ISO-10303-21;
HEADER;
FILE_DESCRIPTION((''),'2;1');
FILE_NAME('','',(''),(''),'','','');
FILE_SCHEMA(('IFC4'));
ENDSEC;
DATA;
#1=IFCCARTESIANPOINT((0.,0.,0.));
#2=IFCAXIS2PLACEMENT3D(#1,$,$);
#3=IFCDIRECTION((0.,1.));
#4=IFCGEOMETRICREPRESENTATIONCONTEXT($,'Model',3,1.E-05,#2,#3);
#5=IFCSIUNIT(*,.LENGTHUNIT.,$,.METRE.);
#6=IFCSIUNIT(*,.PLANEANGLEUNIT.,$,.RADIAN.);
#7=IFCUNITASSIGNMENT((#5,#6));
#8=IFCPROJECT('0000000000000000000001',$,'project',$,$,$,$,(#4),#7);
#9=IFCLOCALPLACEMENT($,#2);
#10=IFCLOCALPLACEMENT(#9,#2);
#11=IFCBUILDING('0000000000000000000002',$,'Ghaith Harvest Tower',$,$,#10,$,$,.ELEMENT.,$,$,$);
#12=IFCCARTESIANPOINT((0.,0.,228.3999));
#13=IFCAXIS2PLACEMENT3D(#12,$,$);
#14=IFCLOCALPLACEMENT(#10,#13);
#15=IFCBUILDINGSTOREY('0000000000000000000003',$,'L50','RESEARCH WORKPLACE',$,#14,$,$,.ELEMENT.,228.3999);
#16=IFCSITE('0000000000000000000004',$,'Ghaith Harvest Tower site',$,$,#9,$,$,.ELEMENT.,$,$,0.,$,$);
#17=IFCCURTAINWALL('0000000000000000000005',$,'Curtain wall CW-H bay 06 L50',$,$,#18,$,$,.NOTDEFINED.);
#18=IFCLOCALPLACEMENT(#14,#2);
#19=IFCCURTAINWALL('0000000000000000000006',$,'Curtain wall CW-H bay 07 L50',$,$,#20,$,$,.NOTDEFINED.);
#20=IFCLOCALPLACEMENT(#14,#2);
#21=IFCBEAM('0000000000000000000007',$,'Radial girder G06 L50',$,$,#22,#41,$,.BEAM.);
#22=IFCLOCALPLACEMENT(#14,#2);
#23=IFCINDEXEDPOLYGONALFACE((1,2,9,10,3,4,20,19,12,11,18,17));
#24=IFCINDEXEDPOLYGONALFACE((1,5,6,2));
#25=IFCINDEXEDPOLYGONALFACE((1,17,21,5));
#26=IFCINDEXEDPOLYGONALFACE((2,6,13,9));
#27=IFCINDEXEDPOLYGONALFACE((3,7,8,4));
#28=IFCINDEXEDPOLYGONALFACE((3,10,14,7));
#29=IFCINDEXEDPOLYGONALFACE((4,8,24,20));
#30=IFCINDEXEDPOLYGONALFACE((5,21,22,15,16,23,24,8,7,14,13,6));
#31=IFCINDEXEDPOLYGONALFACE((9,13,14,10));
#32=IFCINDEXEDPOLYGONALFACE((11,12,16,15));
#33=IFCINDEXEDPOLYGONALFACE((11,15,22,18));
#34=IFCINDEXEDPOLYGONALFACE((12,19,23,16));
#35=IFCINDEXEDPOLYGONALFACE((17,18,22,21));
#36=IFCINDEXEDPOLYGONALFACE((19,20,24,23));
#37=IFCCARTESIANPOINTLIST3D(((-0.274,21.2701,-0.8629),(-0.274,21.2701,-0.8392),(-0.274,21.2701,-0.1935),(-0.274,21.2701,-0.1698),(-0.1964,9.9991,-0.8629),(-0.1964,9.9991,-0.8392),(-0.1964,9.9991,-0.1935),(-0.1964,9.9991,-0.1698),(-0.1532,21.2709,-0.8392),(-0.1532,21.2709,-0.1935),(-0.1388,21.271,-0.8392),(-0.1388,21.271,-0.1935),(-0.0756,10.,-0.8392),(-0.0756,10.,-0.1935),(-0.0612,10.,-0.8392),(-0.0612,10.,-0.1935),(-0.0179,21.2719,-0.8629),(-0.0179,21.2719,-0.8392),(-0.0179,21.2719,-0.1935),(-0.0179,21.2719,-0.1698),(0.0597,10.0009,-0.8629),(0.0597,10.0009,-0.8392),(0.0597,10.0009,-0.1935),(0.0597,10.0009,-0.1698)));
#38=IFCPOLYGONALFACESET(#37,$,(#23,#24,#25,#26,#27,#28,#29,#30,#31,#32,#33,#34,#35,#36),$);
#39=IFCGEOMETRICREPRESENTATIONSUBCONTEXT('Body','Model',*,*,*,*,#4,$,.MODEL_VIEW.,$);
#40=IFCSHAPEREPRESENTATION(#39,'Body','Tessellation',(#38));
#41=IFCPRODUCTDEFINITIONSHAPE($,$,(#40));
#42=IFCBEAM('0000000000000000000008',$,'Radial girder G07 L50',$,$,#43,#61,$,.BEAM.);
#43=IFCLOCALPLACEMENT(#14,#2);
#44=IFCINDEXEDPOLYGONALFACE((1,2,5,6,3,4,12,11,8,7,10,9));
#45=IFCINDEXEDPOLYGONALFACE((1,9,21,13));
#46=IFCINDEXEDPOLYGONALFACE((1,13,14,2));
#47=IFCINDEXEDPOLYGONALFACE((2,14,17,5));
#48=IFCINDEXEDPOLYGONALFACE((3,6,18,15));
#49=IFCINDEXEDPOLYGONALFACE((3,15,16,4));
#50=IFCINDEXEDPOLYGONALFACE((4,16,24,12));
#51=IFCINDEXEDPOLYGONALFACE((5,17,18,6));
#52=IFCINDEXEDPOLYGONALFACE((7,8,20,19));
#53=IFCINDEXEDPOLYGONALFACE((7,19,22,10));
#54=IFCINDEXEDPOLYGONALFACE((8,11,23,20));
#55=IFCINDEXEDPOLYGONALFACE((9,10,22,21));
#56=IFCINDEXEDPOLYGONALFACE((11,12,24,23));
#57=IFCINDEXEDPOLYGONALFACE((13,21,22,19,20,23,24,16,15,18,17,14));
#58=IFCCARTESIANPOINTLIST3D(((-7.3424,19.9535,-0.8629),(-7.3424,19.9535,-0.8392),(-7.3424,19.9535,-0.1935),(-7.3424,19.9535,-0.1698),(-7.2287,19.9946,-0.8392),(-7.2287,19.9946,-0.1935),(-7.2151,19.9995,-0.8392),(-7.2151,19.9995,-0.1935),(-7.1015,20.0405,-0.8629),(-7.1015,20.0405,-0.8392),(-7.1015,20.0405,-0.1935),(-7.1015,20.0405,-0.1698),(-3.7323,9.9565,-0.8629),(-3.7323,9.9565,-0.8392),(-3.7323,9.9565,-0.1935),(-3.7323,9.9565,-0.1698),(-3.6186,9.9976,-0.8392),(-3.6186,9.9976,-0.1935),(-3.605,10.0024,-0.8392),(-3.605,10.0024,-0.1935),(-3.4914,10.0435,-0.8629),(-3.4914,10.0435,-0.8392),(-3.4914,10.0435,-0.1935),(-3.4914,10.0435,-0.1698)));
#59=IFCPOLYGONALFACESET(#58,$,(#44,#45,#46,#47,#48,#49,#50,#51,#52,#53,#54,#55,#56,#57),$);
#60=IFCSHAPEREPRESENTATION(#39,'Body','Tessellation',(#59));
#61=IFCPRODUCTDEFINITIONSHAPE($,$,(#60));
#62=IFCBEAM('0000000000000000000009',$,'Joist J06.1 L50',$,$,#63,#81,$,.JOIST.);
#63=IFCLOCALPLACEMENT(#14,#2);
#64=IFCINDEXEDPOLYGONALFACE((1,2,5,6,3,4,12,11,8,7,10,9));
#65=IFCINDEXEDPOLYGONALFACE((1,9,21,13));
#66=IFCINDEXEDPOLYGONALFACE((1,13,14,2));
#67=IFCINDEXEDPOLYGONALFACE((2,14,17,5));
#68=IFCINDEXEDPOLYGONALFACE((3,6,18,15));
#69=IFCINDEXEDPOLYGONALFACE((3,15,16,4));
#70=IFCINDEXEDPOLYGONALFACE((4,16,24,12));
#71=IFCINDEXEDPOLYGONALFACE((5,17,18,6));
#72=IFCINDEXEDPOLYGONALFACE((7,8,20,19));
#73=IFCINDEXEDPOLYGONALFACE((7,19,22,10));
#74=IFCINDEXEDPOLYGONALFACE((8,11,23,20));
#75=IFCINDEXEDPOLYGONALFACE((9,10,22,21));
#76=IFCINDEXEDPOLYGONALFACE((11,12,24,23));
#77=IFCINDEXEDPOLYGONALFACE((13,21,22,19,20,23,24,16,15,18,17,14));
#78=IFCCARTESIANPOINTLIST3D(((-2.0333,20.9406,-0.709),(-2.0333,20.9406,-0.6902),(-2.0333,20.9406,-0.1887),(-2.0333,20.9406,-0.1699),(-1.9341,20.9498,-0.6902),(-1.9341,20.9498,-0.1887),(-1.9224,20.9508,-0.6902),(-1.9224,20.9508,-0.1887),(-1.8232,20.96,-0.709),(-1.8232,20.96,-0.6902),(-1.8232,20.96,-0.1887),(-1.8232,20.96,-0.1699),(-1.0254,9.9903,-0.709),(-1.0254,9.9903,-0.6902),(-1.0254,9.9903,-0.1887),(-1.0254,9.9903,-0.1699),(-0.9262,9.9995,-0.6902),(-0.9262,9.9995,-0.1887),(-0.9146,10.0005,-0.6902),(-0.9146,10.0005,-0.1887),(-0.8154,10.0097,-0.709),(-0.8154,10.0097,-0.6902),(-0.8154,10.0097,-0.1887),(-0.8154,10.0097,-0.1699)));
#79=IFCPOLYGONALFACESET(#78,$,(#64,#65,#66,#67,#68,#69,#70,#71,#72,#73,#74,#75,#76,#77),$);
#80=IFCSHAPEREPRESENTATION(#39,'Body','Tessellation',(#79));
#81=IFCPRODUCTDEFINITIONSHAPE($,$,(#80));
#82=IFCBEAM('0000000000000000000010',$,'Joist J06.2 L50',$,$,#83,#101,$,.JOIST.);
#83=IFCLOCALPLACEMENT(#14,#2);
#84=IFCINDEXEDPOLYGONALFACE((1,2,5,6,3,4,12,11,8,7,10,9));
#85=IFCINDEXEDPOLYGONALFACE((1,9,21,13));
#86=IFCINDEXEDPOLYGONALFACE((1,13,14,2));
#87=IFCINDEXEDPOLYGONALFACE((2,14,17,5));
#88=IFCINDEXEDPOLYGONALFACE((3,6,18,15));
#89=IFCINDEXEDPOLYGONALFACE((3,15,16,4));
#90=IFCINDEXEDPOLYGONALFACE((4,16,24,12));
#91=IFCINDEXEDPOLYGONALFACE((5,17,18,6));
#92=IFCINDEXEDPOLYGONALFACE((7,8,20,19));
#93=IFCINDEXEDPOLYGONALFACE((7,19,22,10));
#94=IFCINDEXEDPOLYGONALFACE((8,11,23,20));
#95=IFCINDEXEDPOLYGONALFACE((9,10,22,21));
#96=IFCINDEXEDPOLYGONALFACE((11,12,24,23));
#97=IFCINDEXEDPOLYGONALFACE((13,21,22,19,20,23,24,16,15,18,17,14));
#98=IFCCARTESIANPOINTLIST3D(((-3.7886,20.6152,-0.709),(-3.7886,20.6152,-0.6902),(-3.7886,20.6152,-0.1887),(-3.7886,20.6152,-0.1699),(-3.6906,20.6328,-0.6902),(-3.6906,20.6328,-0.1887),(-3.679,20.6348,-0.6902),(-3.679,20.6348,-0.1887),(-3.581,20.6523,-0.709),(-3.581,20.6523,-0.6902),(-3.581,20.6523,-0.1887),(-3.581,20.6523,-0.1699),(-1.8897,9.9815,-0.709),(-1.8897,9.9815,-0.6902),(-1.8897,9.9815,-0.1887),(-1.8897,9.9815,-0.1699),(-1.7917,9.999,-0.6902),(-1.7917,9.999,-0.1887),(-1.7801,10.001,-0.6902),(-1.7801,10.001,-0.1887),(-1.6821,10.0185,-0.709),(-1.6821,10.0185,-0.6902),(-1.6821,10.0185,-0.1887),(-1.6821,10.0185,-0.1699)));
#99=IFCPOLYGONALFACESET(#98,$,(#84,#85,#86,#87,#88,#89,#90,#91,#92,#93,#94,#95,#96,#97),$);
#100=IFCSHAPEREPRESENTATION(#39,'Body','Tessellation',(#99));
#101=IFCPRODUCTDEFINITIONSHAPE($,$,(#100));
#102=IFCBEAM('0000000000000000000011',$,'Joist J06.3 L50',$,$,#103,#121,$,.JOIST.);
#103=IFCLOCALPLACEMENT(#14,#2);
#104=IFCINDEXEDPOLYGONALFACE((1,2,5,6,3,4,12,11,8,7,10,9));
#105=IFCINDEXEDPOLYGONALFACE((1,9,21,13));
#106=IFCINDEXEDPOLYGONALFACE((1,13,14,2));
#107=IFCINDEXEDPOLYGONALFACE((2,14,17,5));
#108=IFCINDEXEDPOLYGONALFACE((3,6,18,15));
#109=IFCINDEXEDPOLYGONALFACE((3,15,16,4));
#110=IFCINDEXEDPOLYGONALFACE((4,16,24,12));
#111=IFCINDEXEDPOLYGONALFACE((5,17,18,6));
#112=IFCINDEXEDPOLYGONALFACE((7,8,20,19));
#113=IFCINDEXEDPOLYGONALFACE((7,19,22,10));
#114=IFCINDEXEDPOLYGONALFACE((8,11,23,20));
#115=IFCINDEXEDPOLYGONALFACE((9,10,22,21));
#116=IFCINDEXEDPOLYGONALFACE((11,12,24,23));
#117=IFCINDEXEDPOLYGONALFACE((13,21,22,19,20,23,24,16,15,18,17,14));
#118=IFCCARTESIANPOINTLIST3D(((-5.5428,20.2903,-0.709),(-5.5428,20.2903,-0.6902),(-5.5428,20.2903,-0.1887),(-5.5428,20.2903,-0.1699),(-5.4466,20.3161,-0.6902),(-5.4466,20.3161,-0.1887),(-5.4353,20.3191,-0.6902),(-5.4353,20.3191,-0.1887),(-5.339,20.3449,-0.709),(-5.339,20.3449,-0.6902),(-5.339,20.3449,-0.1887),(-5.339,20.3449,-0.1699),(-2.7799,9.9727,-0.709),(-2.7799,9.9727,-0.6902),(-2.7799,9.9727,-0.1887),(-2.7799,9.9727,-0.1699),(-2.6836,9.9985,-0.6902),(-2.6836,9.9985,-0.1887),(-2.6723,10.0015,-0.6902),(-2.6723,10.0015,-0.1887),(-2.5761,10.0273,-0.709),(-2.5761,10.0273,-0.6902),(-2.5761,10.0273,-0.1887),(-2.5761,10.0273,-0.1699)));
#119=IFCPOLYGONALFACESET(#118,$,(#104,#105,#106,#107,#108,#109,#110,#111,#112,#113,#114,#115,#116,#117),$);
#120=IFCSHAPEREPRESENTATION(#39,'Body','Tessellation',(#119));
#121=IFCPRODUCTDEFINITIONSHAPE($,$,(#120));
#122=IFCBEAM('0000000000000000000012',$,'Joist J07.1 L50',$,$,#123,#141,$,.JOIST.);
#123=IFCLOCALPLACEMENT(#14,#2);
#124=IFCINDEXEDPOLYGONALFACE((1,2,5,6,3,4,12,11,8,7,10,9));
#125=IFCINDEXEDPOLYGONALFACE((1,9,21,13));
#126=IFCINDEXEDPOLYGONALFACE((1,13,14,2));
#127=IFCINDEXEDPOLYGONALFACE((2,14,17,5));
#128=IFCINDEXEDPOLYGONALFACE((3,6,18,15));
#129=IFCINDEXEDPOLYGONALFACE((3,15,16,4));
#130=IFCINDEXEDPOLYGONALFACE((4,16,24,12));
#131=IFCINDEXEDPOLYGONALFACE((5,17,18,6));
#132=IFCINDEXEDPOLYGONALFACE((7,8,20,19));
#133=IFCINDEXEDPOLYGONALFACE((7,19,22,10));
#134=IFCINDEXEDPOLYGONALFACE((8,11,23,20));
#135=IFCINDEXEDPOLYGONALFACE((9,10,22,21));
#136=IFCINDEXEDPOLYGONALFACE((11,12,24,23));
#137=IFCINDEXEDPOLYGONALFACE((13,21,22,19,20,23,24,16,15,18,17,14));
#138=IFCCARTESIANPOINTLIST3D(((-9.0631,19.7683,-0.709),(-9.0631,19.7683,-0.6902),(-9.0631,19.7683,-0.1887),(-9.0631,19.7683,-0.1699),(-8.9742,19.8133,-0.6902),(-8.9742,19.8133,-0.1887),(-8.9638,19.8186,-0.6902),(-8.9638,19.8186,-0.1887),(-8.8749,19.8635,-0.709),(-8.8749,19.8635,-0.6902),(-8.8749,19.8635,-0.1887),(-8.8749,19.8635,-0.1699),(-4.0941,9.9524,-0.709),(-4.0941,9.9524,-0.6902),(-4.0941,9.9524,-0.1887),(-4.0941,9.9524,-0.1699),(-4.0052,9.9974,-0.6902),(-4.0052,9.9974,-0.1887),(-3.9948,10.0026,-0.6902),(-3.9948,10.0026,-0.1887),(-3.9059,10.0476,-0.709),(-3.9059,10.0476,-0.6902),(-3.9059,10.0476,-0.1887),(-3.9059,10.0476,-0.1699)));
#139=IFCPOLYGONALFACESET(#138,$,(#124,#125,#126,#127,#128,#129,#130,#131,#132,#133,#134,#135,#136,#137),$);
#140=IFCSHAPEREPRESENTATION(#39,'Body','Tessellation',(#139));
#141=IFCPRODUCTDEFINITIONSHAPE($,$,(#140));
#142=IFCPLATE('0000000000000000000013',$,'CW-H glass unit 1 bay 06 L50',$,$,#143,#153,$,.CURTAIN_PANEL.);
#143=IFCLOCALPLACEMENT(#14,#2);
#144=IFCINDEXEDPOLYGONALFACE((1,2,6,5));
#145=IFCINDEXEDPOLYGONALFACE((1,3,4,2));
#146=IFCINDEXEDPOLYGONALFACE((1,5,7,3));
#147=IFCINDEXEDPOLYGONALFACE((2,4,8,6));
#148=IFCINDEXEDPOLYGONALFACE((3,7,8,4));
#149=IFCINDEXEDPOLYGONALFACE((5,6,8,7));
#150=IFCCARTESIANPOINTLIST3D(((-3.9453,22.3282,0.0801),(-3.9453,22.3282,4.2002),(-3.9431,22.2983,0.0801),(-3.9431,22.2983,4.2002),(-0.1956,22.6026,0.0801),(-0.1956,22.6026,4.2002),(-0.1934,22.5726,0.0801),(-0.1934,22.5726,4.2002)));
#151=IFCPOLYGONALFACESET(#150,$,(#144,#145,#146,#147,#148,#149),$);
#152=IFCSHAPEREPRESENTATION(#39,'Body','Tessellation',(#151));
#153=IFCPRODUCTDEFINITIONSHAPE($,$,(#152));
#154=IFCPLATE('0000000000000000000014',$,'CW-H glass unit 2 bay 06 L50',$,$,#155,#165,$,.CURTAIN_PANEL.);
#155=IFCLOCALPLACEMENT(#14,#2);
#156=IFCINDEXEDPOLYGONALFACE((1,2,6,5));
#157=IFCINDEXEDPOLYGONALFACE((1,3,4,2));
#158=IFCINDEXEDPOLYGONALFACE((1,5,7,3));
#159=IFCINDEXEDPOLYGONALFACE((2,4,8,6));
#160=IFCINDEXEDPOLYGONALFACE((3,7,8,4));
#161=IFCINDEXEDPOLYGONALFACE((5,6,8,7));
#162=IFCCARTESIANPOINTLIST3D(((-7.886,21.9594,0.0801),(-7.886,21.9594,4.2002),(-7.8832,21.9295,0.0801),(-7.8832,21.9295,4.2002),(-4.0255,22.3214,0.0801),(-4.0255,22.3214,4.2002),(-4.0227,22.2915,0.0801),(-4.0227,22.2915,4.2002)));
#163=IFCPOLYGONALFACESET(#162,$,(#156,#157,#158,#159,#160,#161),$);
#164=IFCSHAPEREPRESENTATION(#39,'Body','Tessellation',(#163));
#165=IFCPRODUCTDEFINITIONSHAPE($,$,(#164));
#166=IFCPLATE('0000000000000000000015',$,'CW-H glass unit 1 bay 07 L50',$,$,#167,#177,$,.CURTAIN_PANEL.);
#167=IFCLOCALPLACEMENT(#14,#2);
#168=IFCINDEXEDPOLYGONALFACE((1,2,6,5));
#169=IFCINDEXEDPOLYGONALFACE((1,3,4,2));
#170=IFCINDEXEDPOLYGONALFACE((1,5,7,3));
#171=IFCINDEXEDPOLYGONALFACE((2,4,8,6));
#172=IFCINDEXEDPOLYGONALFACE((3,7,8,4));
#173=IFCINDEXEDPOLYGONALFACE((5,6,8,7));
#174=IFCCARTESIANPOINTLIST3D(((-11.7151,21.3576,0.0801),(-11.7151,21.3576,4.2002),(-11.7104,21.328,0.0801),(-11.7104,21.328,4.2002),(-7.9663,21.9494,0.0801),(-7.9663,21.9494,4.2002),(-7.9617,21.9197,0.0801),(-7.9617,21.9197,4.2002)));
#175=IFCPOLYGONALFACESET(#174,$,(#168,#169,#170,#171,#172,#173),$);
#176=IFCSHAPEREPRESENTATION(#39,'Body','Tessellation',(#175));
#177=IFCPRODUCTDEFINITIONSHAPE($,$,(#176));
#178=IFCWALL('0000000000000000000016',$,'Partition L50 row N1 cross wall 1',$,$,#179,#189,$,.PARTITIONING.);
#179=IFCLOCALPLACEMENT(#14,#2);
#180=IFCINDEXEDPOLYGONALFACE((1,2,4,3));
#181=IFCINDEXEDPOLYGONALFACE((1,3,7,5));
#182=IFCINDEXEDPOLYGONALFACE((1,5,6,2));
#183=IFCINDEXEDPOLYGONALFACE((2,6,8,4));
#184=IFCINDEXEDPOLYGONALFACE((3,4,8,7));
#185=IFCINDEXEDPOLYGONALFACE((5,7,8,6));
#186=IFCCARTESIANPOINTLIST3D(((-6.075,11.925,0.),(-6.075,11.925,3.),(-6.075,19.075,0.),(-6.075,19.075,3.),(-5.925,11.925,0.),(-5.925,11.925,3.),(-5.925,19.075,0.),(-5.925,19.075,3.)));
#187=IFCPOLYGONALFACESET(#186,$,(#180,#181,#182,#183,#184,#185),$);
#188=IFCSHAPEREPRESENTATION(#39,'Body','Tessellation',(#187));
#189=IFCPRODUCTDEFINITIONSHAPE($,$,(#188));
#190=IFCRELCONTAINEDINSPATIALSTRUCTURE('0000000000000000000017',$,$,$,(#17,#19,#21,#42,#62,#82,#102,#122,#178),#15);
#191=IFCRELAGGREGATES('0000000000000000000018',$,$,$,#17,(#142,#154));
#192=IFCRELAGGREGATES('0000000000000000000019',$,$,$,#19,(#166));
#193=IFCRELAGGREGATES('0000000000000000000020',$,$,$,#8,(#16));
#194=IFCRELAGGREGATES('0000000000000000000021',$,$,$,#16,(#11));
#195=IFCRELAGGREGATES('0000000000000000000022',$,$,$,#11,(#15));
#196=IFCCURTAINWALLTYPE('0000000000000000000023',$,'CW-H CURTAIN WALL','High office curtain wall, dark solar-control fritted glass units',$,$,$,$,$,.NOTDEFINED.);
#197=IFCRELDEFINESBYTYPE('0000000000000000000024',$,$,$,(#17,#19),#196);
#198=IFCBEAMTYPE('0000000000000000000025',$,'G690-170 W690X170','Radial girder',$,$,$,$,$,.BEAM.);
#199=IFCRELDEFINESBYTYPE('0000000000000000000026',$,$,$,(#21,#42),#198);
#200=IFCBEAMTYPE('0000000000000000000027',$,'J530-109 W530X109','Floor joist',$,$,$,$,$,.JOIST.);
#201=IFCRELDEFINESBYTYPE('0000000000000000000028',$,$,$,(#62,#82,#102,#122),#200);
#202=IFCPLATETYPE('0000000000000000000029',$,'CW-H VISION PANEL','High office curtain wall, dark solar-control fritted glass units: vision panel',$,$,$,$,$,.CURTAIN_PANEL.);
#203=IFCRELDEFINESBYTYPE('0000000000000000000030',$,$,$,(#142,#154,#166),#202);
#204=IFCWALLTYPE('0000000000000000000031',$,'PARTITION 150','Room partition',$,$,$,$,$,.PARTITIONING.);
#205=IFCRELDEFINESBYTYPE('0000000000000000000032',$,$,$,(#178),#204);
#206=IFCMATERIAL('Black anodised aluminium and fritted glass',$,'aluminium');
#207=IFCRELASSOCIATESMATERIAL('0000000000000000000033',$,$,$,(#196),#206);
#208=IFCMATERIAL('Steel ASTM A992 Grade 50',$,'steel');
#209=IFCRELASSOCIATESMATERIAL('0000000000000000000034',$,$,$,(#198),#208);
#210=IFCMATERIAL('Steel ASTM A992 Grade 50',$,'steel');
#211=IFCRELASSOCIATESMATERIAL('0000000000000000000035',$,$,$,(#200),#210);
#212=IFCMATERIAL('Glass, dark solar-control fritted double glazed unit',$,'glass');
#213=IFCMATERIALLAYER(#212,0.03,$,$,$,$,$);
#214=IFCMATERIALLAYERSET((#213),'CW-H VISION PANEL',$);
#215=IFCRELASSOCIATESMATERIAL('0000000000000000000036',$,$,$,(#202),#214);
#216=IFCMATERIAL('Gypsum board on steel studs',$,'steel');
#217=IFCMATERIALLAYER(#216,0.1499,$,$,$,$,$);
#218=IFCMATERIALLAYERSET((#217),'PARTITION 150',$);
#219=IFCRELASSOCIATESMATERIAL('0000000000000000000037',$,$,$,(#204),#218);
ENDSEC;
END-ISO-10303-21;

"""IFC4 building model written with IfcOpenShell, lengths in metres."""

from ifc_helpers import new_model, si_unit, direction, frame, frame_2d, origin, origin_2d, place, context, subcontext, project, spatial, rectangle, i_section, extrude, material, layer, layer_set, material_profile, profile_set, type_object, element, aggregate, save


model = new_model("IFC4")

# Units and contexts
model_context = context("Model", 3, precision=1e-05, world=origin(), true_north=direction((0.0, 1.0)))
body_context = subcontext(model_context, "Body", "Model", "MODEL_VIEW")
ifc_project = project(units=[si_unit("LENGTHUNIT", "METRE"), si_unit("PLANEANGLEUNIT", "RADIAN")], contexts=[model_context])

# Site, building, storey
site_placement = place(None, origin())
site = spatial("IfcSite", under=ifc_project, at=site_placement, Name="Ghaith Harvest Tower site", CompositionType="ELEMENT", RefElevation=0.0)
building_placement = place(site_placement, origin())
building = spatial("IfcBuilding", under=site, at=building_placement, Name="Ghaith Harvest Tower", CompositionType="ELEMENT")
storey_placement = place(building_placement, frame((0.0, 0.0, 228.3999)))
storey = spatial("IfcBuildingStorey", under=building, at=storey_placement, Name="L50", Description="RESEARCH WORKPLACE", CompositionType="ELEMENT", Elevation=228.3999)

# Curtain walls
ifc_material_1 = material(Name="Black anodised aluminium and fritted glass", Category="aluminium")
curtain_wall_type = type_object("IfcCurtainWallType", Name="CW-H CURTAIN WALL", Description="High office curtain wall, dark solar-control fritted glass units", PredefinedType="NOTDEFINED", material=ifc_material_1)
curtain_wall_1_placement = place(storey_placement, origin())
curtain_wall_1 = element("IfcCurtainWall", 1, at=curtain_wall_1_placement, inside=storey, type_object=curtain_wall_type, Name="Curtain wall CW-H bay 06 L50", PredefinedType="NOTDEFINED")
curtain_wall_2_placement = place(storey_placement, origin())
curtain_wall_2 = element("IfcCurtainWall", 2, at=curtain_wall_2_placement, inside=storey, type_object=curtain_wall_type, Name="Curtain wall CW-H bay 07 L50", PredefinedType="NOTDEFINED")

# Beams
ifc_material_2 = material(Name="Steel ASTM A992 Grade 50", Category="steel")
ifc_material_profile_1 = material_profile(ifc_material_2, i_section(OverallWidth=0.2561, OverallDepth=0.6931, WebThickness=0.0144, FlangeThickness=0.0237, at=origin_2d()), Name="W690X170")
ifc_profile_set_1 = profile_set([ifc_material_profile_1], Name="Steel ASTM A992 Grade 50")
beam_type_1 = type_object("IfcBeamType", Name="G690-170 W690X170", Description="Radial girder", PredefinedType="BEAM", material=ifc_profile_set_1)
beam_1_placement = place(storey_placement, frame((-0.0684, 10.0, -0.5164), z_axis=(-0.006888, 0.999976, 0.0), x_axis=(-0.999976, -0.006888, 0.0)))
element("IfcBeam", 3, at=beam_1_placement, inside=storey, type_object=beam_type_1, Name="Radial girder G06 L50", PredefinedType="BEAM", context=body_context, shape_type="SweptSolid", body=[
    extrude(i_section(OverallWidth=0.2561, OverallDepth=0.6931, WebThickness=0.0144, FlangeThickness=0.0237, at=origin_2d()), origin(), (0.0, 0.0, 1.0), 11.2712),
])
beam_2_placement = place(storey_placement, frame((-3.6118, 10.0, -0.5164), z_axis=(-0.339649, 0.940552, 0.0), x_axis=(-0.940552, -0.339649, 0.0)))
element("IfcBeam", 4, at=beam_2_placement, inside=storey, type_object=beam_type_1, Name="Radial girder G07 L50", PredefinedType="BEAM", context=body_context, shape_type="SweptSolid", body=[
    extrude(i_section(OverallWidth=0.2561, OverallDepth=0.6931, WebThickness=0.0144, FlangeThickness=0.0237, at=origin_2d()), origin(), (0.0, 0.0, 1.0), 10.6289),
])
ifc_material_3 = material(Name="Steel ASTM A992 Grade 50", Category="steel")
ifc_material_profile_2 = material_profile(ifc_material_3, i_section(OverallWidth=0.2109, OverallDepth=0.5391, WebThickness=0.0117, FlangeThickness=0.0188, at=origin_2d()), Name="W530X109")
ifc_profile_set_2 = profile_set([ifc_material_profile_2], Name="Steel ASTM A992 Grade 50")
beam_type_2 = type_object("IfcBeamType", Name="J530-109 W530X109", Description="Floor joist", PredefinedType="JOIST", material=ifc_profile_set_2)
beam_3_placement = place(storey_placement, frame((-0.9204, 10.0, -0.4395), z_axis=(-0.091649, 0.995791, 0.0), x_axis=(-0.995791, -0.091649, 0.0)))
element("IfcBeam", 5, at=beam_3_placement, inside=storey, type_object=beam_type_2, Name="Joist J06.1 L50", PredefinedType="JOIST", context=body_context, shape_type="SweptSolid", body=[
    extrude(i_section(OverallWidth=0.2109, OverallDepth=0.5391, WebThickness=0.0117, FlangeThickness=0.0188, at=origin_2d()), origin(), (0.0, 0.0, 1.0), 10.9966),
])
beam_4_placement = place(storey_placement, frame((-1.7859, 10.0, -0.4395), z_axis=(-0.175794, 0.984427, 0.0), x_axis=(-0.984427, -0.175794, 0.0)))
element("IfcBeam", 6, at=beam_4_placement, inside=storey, type_object=beam_type_2, Name="Joist J06.2 L50", PredefinedType="JOIST", context=body_context, shape_type="SweptSolid", body=[
    extrude(i_section(OverallWidth=0.2109, OverallDepth=0.5391, WebThickness=0.0117, FlangeThickness=0.0188, at=origin_2d()), origin(), (0.0, 0.0, 1.0), 10.802),
])
beam_5_placement = place(storey_placement, frame((-2.678, 10.0, -0.4395), z_axis=(-0.258674, 0.965965, 0.0), x_axis=(-0.965965, -0.258674, 0.0)))
element("IfcBeam", 7, at=beam_5_placement, inside=storey, type_object=beam_type_2, Name="Joist J06.3 L50", PredefinedType="JOIST", context=body_context, shape_type="SweptSolid", body=[
    extrude(i_section(OverallWidth=0.2109, OverallDepth=0.5391, WebThickness=0.0117, FlangeThickness=0.0188, at=origin_2d()), origin(), (0.0, 0.0, 1.0), 10.6812),
])
beam_6_placement = place(storey_placement, frame((-4.0, 10.0, -0.4395), z_axis=(-0.451646, 0.892197, 0.0), x_axis=(-0.892197, -0.451646, 0.0)))
element("IfcBeam", 8, at=beam_6_placement, inside=storey, type_object=beam_type_2, Name="Joist J07.1 L50", PredefinedType="JOIST", context=body_context, shape_type="SweptSolid", body=[
    extrude(i_section(OverallWidth=0.2109, OverallDepth=0.5391, WebThickness=0.0117, FlangeThickness=0.0188, at=origin_2d()), origin(), (0.0, 0.0, 1.0), 11.002),
])

# Plates
ifc_material_4 = material(Name="Glass, dark solar-control fritted double glazed unit", Category="glass")
ifc_layer_1 = layer(ifc_material_4, 0.03)
ifc_layer_set_1 = layer_set([ifc_layer_1], Name="CW-H VISION PANEL")
plate_type = type_object("IfcPlateType", Name="CW-H VISION PANEL", Description="High office curtain wall, dark solar-control fritted glass units: vision panel", PredefinedType="CURTAIN_PANEL", material=ifc_layer_set_1)
plate_1_placement = place(storey_placement, frame((-2.0693, 22.4504, 0.0801), z_axis=(0.0, 0.0, 1.0), x_axis=(-0.997334, -0.072966, 0.0)))
plate_1 = element("IfcPlate", 9, at=plate_1_placement, type_object=plate_type, Name="CW-H glass unit 1 bay 06 L50", PredefinedType="CURTAIN_PANEL", context=body_context, shape_type="SweptSolid", body=[
    extrude(rectangle(XDim=3.7598, YDim=0.03, at=origin_2d()), origin(), (0.0, 0.0, 1.0), 4.1201),
])
plate_2_placement = place(storey_placement, frame((-5.9543, 22.1255, 0.0801), z_axis=(0.0, 0.0, 1.0), x_axis=(-0.995632, -0.093365, 0.0)))
plate_2 = element("IfcPlate", 10, at=plate_2_placement, type_object=plate_type, Name="CW-H glass unit 2 bay 06 L50", PredefinedType="CURTAIN_PANEL", context=body_context, shape_type="SweptSolid", body=[
    extrude(rectangle(XDim=3.8774, YDim=0.03, at=origin_2d()), origin(), (0.0, 0.0, 1.0), 4.1201),
])
aggregate(curtain_wall_1, [plate_1, plate_2])
plate_3_placement = place(storey_placement, frame((-9.8384, 21.6387, 0.0801), z_axis=(0.0, 0.0, 1.0), x_axis=(-0.98777, -0.155916, 0.0)))
plate_3 = element("IfcPlate", 11, at=plate_3_placement, type_object=plate_type, Name="CW-H glass unit 1 bay 07 L50", PredefinedType="CURTAIN_PANEL", context=body_context, shape_type="SweptSolid", body=[
    extrude(rectangle(XDim=3.7952, YDim=0.03, at=origin_2d()), origin(), (0.0, 0.0, 1.0), 4.1201),
])
aggregate(curtain_wall_2, [plate_3])

# Wall
ifc_material_5 = material(Name="Gypsum board on steel studs", Category="steel")
ifc_layer_2 = layer(ifc_material_5, 0.1499)
ifc_layer_set_2 = layer_set([ifc_layer_2], Name="PARTITION 150")
wall_type = type_object("IfcWallType", Name="PARTITION 150", Description="Room partition", PredefinedType="PARTITIONING", material=ifc_layer_set_2)
wall_1_placement = place(storey_placement, frame((-6.0, 11.925, 0.0), z_axis=(0.0, 0.0, 1.0), x_axis=(0.0, 1.0, 0.0)))
element("IfcWall", 12, at=wall_1_placement, inside=storey, type_object=wall_type, Name="Partition L50 row N1 cross wall 1", PredefinedType="PARTITIONING", context=body_context, shape_type="SweptSolid", body=[
    extrude(rectangle(XDim=7.1499, YDim=0.1499, at=frame_2d((3.575, 0.0))), origin(), (0.0, 0.0, 1.0), 3.0),
])

save(model, "model.ifc")
